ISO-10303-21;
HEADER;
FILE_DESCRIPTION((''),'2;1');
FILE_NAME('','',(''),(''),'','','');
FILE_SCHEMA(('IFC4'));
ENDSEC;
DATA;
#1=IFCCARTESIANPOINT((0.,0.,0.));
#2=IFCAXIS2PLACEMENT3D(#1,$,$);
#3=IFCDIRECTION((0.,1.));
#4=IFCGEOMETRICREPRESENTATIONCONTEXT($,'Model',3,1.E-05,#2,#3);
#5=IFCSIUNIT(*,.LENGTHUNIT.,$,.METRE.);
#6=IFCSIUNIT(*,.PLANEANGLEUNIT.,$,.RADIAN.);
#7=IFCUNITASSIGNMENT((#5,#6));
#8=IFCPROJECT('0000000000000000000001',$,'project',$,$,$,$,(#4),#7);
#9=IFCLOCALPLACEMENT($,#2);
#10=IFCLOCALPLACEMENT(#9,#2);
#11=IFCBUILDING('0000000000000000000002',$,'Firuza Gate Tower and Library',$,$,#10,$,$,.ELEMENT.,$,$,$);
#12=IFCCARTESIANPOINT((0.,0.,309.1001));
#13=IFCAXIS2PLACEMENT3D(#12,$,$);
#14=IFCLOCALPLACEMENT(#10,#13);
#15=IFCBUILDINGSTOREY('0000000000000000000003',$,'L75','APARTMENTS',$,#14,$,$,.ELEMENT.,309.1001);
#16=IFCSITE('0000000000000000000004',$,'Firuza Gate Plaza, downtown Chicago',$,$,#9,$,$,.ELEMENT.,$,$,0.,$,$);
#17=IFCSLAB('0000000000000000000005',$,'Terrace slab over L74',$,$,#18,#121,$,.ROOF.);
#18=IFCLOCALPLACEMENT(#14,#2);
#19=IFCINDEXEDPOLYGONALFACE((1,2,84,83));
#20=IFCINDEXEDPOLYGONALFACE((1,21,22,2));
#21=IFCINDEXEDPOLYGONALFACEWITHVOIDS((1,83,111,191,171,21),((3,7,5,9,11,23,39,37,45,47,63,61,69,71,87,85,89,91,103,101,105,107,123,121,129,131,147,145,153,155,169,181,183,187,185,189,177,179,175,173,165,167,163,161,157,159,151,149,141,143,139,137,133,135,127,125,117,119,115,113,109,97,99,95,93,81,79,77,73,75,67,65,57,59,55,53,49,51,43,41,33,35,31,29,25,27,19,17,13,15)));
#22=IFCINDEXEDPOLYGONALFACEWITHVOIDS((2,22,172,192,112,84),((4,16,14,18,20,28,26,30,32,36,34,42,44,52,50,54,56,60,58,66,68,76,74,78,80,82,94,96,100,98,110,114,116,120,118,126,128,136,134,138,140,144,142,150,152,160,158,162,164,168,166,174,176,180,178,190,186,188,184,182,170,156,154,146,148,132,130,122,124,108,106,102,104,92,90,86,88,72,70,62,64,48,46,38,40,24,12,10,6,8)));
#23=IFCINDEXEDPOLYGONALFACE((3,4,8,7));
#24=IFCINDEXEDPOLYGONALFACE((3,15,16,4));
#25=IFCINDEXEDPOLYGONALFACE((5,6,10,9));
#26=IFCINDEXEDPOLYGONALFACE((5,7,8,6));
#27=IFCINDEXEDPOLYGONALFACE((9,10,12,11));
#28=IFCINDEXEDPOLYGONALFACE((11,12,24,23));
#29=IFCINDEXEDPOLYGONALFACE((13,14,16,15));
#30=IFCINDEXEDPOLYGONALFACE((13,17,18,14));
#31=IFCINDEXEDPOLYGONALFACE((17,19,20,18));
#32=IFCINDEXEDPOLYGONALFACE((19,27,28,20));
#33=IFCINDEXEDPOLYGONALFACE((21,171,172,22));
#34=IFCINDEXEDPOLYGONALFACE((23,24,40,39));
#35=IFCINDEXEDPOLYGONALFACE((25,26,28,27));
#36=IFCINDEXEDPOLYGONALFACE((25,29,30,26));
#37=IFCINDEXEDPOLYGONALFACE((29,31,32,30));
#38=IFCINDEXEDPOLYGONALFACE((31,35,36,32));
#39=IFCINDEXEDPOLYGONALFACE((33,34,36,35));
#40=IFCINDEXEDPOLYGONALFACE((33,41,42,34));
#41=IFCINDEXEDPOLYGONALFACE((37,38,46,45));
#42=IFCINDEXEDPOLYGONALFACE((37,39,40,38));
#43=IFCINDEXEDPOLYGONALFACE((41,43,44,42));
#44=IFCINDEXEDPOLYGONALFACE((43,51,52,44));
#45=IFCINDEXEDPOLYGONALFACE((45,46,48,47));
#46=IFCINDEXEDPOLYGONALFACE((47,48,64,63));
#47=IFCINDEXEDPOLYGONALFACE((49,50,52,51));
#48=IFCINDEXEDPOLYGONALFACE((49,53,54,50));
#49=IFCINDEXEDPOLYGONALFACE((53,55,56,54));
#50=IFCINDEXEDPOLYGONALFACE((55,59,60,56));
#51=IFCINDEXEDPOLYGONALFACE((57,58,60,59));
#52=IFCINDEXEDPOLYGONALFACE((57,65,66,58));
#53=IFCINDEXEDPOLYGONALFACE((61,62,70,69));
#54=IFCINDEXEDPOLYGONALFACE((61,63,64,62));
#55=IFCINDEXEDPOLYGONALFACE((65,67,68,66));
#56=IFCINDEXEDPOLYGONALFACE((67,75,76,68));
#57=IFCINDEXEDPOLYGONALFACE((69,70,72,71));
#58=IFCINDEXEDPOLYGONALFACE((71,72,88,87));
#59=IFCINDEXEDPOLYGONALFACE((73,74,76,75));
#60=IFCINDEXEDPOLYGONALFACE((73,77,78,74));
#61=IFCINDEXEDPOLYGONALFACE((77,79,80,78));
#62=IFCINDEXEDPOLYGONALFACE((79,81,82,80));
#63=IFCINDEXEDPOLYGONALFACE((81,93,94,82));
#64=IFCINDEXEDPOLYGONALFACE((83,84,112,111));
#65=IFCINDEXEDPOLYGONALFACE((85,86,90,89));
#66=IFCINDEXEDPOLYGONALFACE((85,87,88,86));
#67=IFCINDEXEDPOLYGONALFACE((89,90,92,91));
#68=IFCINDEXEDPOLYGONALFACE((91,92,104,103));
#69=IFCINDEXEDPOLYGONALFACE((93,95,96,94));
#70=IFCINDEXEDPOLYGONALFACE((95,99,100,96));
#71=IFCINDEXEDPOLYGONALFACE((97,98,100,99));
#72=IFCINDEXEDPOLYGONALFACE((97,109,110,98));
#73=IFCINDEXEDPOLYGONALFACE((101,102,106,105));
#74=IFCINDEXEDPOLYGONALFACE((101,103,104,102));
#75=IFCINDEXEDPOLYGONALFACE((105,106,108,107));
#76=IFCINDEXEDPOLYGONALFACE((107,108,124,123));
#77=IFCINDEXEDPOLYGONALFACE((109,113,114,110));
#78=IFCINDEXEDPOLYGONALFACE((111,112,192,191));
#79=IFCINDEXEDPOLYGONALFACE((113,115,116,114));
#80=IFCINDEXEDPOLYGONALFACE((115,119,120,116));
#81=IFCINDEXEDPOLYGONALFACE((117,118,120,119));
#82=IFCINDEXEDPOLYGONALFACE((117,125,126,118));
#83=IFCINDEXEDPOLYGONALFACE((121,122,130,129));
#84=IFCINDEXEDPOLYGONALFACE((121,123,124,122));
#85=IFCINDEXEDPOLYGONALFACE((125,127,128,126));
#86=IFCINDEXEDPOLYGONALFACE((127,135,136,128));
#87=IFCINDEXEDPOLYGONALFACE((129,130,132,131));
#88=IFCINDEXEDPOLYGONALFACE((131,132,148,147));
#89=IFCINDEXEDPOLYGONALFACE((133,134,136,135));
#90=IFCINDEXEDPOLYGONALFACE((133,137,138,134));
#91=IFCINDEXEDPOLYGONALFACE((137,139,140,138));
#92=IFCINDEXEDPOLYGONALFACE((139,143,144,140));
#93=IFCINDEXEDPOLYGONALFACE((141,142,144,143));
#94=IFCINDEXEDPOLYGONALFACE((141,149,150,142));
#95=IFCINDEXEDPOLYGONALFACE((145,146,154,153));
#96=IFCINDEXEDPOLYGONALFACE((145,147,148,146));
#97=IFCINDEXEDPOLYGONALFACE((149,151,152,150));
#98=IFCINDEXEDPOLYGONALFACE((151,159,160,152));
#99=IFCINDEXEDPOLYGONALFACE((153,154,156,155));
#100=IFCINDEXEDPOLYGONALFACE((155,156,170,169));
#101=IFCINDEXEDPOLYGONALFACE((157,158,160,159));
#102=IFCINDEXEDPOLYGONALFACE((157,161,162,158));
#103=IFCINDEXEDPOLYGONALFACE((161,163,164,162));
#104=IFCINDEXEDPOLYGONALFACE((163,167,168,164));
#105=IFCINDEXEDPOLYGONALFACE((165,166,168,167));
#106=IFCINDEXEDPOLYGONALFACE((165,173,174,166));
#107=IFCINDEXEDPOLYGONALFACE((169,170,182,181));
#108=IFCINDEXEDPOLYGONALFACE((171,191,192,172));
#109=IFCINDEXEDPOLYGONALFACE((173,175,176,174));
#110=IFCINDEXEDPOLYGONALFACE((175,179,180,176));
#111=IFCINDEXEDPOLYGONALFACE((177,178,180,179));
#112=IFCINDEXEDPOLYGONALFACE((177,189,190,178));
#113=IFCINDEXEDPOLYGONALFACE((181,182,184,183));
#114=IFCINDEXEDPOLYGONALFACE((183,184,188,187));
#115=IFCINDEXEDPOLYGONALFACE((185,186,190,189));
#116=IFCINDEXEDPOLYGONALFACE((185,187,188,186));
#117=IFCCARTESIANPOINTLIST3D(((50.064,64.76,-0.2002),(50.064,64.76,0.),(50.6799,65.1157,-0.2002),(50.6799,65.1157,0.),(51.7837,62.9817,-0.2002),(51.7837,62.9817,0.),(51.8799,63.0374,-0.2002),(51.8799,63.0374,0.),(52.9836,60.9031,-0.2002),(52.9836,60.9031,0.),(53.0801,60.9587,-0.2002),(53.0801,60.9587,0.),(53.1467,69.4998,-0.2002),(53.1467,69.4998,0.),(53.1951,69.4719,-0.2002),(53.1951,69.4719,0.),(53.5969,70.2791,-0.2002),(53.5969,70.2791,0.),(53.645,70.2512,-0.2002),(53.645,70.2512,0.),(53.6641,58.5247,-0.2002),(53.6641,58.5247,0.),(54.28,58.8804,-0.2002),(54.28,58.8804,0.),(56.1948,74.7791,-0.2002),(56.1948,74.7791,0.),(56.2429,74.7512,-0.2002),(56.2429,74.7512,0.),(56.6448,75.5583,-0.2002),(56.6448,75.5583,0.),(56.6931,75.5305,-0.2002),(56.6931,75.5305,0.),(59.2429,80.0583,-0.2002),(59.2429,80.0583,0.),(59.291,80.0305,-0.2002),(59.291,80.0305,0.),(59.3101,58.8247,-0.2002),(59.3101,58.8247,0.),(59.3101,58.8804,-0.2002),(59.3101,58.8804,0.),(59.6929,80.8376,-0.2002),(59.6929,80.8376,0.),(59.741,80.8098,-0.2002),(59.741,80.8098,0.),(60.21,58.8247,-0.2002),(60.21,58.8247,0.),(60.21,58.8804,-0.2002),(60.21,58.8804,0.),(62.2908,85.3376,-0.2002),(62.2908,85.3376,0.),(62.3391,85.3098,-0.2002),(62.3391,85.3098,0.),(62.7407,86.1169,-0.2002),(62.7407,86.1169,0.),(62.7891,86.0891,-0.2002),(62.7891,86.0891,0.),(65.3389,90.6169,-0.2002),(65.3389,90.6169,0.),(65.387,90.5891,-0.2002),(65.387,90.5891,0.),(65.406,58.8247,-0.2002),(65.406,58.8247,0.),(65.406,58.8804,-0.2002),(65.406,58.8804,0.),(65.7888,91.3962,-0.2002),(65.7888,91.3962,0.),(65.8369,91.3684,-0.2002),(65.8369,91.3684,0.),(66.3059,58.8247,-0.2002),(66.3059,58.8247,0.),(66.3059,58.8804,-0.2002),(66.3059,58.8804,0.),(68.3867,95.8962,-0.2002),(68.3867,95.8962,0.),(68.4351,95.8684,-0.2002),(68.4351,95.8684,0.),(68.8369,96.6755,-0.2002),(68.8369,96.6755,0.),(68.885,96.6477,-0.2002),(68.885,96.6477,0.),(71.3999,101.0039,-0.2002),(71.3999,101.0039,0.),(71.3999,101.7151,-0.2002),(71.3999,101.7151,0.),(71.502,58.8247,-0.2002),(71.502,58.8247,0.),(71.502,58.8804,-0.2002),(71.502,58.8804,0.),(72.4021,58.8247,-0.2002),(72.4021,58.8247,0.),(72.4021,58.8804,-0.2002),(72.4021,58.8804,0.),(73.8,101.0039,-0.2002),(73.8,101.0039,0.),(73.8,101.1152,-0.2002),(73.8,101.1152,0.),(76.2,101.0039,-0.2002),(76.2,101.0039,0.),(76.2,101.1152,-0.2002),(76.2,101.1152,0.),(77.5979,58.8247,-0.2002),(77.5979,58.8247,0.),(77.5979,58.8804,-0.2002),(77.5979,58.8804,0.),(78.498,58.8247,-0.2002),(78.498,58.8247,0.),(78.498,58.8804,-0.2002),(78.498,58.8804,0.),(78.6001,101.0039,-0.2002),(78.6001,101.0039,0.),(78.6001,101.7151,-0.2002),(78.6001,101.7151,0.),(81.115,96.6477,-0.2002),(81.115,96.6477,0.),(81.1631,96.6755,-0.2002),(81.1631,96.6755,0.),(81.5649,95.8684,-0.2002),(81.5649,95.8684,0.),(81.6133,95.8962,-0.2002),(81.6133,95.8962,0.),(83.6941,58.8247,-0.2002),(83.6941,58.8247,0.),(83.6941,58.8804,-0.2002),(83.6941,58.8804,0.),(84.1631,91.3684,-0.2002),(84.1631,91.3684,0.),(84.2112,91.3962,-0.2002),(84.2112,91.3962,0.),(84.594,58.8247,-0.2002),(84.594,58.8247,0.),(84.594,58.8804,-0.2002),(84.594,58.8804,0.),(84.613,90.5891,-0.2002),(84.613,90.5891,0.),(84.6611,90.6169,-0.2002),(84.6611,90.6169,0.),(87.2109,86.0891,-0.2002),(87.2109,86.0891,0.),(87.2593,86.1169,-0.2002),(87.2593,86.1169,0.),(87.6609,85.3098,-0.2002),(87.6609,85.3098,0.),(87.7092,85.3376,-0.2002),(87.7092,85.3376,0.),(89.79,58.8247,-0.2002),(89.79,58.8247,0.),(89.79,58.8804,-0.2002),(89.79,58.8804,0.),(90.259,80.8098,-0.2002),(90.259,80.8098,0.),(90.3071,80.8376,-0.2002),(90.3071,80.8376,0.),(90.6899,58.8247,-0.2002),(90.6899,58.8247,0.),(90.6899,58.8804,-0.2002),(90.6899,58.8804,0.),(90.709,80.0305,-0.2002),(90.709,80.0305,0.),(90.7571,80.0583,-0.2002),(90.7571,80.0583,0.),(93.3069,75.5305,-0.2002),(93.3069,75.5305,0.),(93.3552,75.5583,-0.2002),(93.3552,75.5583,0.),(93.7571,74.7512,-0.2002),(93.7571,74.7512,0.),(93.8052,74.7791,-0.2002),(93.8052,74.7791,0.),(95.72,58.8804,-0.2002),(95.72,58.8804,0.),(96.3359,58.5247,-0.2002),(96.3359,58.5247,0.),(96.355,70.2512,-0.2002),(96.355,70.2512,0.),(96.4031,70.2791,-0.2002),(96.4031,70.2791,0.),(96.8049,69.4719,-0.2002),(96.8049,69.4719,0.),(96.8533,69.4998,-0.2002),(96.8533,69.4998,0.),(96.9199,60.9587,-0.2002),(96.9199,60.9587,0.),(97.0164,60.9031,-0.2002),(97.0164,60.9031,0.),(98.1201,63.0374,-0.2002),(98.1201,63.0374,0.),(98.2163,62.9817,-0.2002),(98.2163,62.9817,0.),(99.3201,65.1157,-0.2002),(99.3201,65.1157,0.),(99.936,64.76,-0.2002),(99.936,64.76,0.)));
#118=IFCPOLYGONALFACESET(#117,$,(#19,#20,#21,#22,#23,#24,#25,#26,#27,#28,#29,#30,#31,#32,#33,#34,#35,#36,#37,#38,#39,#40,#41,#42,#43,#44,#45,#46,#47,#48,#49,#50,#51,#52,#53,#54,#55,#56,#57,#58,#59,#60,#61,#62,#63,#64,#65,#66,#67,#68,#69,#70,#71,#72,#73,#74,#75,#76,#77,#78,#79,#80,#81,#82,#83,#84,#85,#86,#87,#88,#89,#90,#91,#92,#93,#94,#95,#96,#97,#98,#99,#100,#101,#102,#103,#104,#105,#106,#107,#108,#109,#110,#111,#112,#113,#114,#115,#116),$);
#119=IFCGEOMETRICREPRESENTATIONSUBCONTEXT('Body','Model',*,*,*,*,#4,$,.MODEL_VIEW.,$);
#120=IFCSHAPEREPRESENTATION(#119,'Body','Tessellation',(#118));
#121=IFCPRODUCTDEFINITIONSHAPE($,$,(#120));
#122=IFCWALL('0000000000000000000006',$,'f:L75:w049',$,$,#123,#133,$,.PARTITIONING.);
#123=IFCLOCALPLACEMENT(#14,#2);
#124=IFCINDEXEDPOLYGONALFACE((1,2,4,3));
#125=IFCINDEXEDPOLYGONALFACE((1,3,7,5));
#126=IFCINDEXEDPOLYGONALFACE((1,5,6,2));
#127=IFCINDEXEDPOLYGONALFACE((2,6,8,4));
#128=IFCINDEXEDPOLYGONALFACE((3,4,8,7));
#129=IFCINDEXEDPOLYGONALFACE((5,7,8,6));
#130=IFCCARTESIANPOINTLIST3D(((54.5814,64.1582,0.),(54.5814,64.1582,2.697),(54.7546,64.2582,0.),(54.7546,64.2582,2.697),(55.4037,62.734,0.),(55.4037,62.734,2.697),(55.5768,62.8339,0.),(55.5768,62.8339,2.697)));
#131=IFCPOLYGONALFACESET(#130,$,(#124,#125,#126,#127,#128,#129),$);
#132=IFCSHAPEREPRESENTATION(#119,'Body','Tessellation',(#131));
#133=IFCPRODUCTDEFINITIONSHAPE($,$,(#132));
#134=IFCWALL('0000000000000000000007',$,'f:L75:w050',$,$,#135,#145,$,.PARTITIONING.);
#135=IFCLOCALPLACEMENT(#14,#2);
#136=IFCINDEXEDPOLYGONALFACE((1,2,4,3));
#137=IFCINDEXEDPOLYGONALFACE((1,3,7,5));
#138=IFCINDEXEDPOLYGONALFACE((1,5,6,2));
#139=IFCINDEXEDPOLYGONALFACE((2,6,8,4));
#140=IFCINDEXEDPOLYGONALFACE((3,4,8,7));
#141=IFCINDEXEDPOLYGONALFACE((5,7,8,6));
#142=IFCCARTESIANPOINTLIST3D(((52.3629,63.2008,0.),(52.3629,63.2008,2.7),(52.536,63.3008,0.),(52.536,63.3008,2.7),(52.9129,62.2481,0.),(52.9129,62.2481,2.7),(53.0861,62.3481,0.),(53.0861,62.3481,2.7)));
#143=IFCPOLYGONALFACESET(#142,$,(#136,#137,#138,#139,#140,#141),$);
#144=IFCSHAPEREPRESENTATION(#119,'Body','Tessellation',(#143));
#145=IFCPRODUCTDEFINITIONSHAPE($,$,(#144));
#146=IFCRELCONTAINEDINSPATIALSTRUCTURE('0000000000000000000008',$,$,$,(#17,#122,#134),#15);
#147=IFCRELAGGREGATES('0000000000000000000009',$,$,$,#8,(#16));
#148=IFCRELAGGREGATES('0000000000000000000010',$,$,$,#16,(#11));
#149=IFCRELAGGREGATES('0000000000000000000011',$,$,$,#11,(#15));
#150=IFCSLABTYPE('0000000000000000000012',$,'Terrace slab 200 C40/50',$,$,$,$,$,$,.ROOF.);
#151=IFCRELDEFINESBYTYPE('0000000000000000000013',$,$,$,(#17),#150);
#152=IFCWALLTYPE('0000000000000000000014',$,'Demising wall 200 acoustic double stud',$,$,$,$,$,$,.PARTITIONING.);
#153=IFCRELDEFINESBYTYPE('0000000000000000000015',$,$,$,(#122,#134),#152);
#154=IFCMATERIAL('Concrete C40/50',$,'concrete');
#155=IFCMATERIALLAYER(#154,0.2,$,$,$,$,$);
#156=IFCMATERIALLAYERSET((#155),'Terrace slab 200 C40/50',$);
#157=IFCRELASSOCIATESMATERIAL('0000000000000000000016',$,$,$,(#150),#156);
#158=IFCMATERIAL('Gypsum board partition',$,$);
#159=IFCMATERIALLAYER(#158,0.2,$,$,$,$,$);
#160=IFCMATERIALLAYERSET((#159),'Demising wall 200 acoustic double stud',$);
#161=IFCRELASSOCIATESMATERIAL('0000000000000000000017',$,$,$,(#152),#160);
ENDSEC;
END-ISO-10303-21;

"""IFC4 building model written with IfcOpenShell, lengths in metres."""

from ifc_helpers import new_model, si_unit, direction, frame, frame_2d, origin, place, context, subcontext, project, spatial, polyline, rectangle, outline, extrude, material, layer, layer_set, type_object, element, save


model = new_model("IFC4")

# Units and contexts
model_context = context("Model", 3, precision=1e-05, world=origin(), true_north=direction((0.0, 1.0)))
body_context = subcontext(model_context, "Body", "Model", "MODEL_VIEW")
ifc_project = project(units=[si_unit("LENGTHUNIT", "METRE"), si_unit("PLANEANGLEUNIT", "RADIAN")], contexts=[model_context])

# Site, building, storey
site_placement = place(None, origin())
site = spatial("IfcSite", under=ifc_project, at=site_placement, Name="Firuza Gate Plaza, downtown Chicago", CompositionType="ELEMENT", RefElevation=0.0)
building_placement = place(site_placement, origin())
building = spatial("IfcBuilding", under=site, at=building_placement, Name="Firuza Gate Tower and Library", CompositionType="ELEMENT")
storey_placement = place(building_placement, frame((0.0, 0.0, 309.1001)))
storey = spatial("IfcBuildingStorey", under=building, at=storey_placement, Name="L75", Description="APARTMENTS", CompositionType="ELEMENT", Elevation=309.1001)

# Shared definitions
placement_1 = place(storey_placement, frame((0.0, 0.0, -0.2002)))

# Slab
ifc_material_1 = material(Name="Concrete C40/50", Category="concrete")
ifc_layer_1 = layer(ifc_material_1, 0.2)
ifc_layer_set_1 = layer_set([ifc_layer_1], Name="Terrace slab 200 C40/50")
slab_type_1 = type_object("IfcSlabType", Name="Terrace slab 200 C40/50", PredefinedType="ROOF", material=ifc_layer_set_1)
element("IfcSlab", 1, at=placement_1, inside=storey, type_object=slab_type_1, Name="Terrace slab over L74", PredefinedType="ROOF", context=body_context, shape_type="SweptSolid", body=[
    extrude(outline(polyline([(71.3999, 101.7151), (50.064, 64.76), (53.6641, 58.5247), (96.3359, 58.5247), (99.936, 64.76), (78.6001, 101.7151), (71.3999, 101.7151)]), holes=[polyline([(54.28, 58.8804), (54.28, 58.8804), (54.28, 58.8804), (53.0801, 60.9587), (52.9836, 60.9031), (51.7837, 62.9817), (51.8799, 63.0374), (50.6799, 65.1157), (50.6799, 65.1157), (50.6799, 65.1157), (50.6799, 65.1157), (50.6799, 65.1157), (50.6799, 65.1157), (50.6799, 65.1157), (50.6799, 65.1157), (50.6799, 65.1157), (50.6799, 65.1157), (50.6799, 65.1157), (50.6799, 65.1157), (53.1951, 69.4719), (53.1467, 69.4998), (53.5969, 70.2791), (53.645, 70.2512), (56.2429, 74.7512), (56.1948, 74.7791), (56.6448, 75.5583), (56.6931, 75.5305), (59.291, 80.0305), (59.2429, 80.0583), (59.6929, 80.8376), (59.741, 80.8098), (62.3391, 85.3098), (62.2908, 85.3376), (62.7407, 86.1169), (62.7891, 86.0891), (65.387, 90.5891), (65.3389, 90.6169), (65.7888, 91.3962), (65.8369, 91.3684), (68.4351, 95.8684), (68.3867, 95.8962), (68.8369, 96.6755), (68.885, 96.6477), (71.3999, 101.0039), (71.3999, 101.0039), (71.3999, 101.0039), (71.3999, 101.0039), (71.3999, 101.0039), (71.3999, 101.0039), (71.3999, 101.0039), (71.3999, 101.0039), (71.3999, 101.0039), (71.3999, 101.0039), (71.3999, 101.0039), (71.3999, 101.0039), (73.8, 101.0039), (73.8, 101.1152), (76.2, 101.1152), (76.2, 101.0039), (78.6001, 101.0039), (78.6001, 101.0039), (78.6001, 101.0039), (78.6001, 101.0039), (78.6001, 101.0039), (78.6001, 101.0039), (78.6001, 101.0039), (78.6001, 101.0039), (78.6001, 101.0039), (78.6001, 101.0039), (78.6001, 101.0039), (78.6001, 101.0039), (81.115, 96.6477), (81.1631, 96.6755), (81.6133, 95.8962), (81.5649, 95.8684), (84.1631, 91.3684), (84.2112, 91.3962), (84.6611, 90.6169), (84.613, 90.5891), (87.2109, 86.0891), (87.2593, 86.1169), (87.7092, 85.3376), (87.6609, 85.3098), (90.259, 80.8098), (90.3071, 80.8376), (90.7571, 80.0583), (90.709, 80.0305), (93.3069, 75.5305), (93.3552, 75.5583), (93.8052, 74.7791), (93.7571, 74.7512), (96.355, 70.2512), (96.4031, 70.2791), (96.8533, 69.4998), (96.8049, 69.4719), (99.3201, 65.1157), (99.3201, 65.1157), (99.3201, 65.1157), (99.3201, 65.1157), (99.3201, 65.1157), (99.3201, 65.1157), (99.3201, 65.1157), (99.3201, 65.1157), (99.3201, 65.1157), (99.3201, 65.1157), (99.3201, 65.1157), (99.3201, 65.1157), (98.1201, 63.0374), (98.2163, 62.9817), (97.0164, 60.9031), (96.9199, 60.9587), (95.72, 58.8804), (95.72, 58.8804), (95.72, 58.8804), (95.72, 58.8804), (95.72, 58.8804), (95.72, 58.8804), (95.72, 58.8804), (95.72, 58.8804), (95.72, 58.8804), (95.72, 58.8804), (95.72, 58.8804), (95.72, 58.8804), (90.6899, 58.8804), (90.6899, 58.8247), (89.79, 58.8247), (89.79, 58.8804), (84.594, 58.8804), (84.594, 58.8247), (83.6941, 58.8247), (83.6941, 58.8804), (78.498, 58.8804), (78.498, 58.8247), (77.5979, 58.8247), (77.5979, 58.8804), (72.4021, 58.8804), (72.4021, 58.8247), (71.502, 58.8247), (71.502, 58.8804), (66.3059, 58.8804), (66.3059, 58.8247), (65.406, 58.8247), (65.406, 58.8804), (60.21, 58.8804), (60.21, 58.8247), (59.3101, 58.8247), (59.3101, 58.8804), (54.28, 58.8804), (54.28, 58.8804), (54.28, 58.8804), (54.28, 58.8804), (54.28, 58.8804), (54.28, 58.8804), (54.28, 58.8804), (54.28, 58.8804), (54.28, 58.8804), (54.28, 58.8804)])]), origin(), (0.0, 0.0, 1.0), 0.2002),
])

# Walls
ifc_material_2 = material(Name="Gypsum board partition")
ifc_layer_2 = layer(ifc_material_2, 0.2)
ifc_layer_set_2 = layer_set([ifc_layer_2], Name="Demising wall 200 acoustic double stud")
wall_type = type_object("IfcWallType", Name="Demising wall 200 acoustic double stud", PredefinedType="PARTITIONING", material=ifc_layer_set_2)
wall_1_placement = place(storey_placement, frame((55.4902, 62.7839, 0.0), z_axis=(0.0, 0.0, 1.0), x_axis=(-0.499971, 0.866042, 0.0)))
element("IfcWall", 2, at=wall_1_placement, inside=storey, type_object=wall_type, Name="f:L75:w049", PredefinedType="PARTITIONING", context=body_context, shape_type="SweptSolid", body=[
    extrude(rectangle(XDim=1.6445, YDim=0.2, at=frame_2d((0.8223, 0.0))), origin(), (0.0, 0.0, 1.0), 2.697),
])
wall_2_placement = place(storey_placement, frame((52.9995, 62.2981, 0.0), z_axis=(0.0, 0.0, 1.0), x_axis=(-0.50003, 0.866008, 0.0)))
element("IfcWall", 3, at=wall_2_placement, inside=storey, type_object=wall_type, Name="f:L75:w050", PredefinedType="PARTITIONING", context=body_context, shape_type="SweptSolid", body=[
    extrude(rectangle(XDim=1.1001, YDim=0.2, at=frame_2d((0.55, 0.0))), origin(), (0.0, 0.0, 1.0), 2.7),
])

save(model, "model.ifc")
